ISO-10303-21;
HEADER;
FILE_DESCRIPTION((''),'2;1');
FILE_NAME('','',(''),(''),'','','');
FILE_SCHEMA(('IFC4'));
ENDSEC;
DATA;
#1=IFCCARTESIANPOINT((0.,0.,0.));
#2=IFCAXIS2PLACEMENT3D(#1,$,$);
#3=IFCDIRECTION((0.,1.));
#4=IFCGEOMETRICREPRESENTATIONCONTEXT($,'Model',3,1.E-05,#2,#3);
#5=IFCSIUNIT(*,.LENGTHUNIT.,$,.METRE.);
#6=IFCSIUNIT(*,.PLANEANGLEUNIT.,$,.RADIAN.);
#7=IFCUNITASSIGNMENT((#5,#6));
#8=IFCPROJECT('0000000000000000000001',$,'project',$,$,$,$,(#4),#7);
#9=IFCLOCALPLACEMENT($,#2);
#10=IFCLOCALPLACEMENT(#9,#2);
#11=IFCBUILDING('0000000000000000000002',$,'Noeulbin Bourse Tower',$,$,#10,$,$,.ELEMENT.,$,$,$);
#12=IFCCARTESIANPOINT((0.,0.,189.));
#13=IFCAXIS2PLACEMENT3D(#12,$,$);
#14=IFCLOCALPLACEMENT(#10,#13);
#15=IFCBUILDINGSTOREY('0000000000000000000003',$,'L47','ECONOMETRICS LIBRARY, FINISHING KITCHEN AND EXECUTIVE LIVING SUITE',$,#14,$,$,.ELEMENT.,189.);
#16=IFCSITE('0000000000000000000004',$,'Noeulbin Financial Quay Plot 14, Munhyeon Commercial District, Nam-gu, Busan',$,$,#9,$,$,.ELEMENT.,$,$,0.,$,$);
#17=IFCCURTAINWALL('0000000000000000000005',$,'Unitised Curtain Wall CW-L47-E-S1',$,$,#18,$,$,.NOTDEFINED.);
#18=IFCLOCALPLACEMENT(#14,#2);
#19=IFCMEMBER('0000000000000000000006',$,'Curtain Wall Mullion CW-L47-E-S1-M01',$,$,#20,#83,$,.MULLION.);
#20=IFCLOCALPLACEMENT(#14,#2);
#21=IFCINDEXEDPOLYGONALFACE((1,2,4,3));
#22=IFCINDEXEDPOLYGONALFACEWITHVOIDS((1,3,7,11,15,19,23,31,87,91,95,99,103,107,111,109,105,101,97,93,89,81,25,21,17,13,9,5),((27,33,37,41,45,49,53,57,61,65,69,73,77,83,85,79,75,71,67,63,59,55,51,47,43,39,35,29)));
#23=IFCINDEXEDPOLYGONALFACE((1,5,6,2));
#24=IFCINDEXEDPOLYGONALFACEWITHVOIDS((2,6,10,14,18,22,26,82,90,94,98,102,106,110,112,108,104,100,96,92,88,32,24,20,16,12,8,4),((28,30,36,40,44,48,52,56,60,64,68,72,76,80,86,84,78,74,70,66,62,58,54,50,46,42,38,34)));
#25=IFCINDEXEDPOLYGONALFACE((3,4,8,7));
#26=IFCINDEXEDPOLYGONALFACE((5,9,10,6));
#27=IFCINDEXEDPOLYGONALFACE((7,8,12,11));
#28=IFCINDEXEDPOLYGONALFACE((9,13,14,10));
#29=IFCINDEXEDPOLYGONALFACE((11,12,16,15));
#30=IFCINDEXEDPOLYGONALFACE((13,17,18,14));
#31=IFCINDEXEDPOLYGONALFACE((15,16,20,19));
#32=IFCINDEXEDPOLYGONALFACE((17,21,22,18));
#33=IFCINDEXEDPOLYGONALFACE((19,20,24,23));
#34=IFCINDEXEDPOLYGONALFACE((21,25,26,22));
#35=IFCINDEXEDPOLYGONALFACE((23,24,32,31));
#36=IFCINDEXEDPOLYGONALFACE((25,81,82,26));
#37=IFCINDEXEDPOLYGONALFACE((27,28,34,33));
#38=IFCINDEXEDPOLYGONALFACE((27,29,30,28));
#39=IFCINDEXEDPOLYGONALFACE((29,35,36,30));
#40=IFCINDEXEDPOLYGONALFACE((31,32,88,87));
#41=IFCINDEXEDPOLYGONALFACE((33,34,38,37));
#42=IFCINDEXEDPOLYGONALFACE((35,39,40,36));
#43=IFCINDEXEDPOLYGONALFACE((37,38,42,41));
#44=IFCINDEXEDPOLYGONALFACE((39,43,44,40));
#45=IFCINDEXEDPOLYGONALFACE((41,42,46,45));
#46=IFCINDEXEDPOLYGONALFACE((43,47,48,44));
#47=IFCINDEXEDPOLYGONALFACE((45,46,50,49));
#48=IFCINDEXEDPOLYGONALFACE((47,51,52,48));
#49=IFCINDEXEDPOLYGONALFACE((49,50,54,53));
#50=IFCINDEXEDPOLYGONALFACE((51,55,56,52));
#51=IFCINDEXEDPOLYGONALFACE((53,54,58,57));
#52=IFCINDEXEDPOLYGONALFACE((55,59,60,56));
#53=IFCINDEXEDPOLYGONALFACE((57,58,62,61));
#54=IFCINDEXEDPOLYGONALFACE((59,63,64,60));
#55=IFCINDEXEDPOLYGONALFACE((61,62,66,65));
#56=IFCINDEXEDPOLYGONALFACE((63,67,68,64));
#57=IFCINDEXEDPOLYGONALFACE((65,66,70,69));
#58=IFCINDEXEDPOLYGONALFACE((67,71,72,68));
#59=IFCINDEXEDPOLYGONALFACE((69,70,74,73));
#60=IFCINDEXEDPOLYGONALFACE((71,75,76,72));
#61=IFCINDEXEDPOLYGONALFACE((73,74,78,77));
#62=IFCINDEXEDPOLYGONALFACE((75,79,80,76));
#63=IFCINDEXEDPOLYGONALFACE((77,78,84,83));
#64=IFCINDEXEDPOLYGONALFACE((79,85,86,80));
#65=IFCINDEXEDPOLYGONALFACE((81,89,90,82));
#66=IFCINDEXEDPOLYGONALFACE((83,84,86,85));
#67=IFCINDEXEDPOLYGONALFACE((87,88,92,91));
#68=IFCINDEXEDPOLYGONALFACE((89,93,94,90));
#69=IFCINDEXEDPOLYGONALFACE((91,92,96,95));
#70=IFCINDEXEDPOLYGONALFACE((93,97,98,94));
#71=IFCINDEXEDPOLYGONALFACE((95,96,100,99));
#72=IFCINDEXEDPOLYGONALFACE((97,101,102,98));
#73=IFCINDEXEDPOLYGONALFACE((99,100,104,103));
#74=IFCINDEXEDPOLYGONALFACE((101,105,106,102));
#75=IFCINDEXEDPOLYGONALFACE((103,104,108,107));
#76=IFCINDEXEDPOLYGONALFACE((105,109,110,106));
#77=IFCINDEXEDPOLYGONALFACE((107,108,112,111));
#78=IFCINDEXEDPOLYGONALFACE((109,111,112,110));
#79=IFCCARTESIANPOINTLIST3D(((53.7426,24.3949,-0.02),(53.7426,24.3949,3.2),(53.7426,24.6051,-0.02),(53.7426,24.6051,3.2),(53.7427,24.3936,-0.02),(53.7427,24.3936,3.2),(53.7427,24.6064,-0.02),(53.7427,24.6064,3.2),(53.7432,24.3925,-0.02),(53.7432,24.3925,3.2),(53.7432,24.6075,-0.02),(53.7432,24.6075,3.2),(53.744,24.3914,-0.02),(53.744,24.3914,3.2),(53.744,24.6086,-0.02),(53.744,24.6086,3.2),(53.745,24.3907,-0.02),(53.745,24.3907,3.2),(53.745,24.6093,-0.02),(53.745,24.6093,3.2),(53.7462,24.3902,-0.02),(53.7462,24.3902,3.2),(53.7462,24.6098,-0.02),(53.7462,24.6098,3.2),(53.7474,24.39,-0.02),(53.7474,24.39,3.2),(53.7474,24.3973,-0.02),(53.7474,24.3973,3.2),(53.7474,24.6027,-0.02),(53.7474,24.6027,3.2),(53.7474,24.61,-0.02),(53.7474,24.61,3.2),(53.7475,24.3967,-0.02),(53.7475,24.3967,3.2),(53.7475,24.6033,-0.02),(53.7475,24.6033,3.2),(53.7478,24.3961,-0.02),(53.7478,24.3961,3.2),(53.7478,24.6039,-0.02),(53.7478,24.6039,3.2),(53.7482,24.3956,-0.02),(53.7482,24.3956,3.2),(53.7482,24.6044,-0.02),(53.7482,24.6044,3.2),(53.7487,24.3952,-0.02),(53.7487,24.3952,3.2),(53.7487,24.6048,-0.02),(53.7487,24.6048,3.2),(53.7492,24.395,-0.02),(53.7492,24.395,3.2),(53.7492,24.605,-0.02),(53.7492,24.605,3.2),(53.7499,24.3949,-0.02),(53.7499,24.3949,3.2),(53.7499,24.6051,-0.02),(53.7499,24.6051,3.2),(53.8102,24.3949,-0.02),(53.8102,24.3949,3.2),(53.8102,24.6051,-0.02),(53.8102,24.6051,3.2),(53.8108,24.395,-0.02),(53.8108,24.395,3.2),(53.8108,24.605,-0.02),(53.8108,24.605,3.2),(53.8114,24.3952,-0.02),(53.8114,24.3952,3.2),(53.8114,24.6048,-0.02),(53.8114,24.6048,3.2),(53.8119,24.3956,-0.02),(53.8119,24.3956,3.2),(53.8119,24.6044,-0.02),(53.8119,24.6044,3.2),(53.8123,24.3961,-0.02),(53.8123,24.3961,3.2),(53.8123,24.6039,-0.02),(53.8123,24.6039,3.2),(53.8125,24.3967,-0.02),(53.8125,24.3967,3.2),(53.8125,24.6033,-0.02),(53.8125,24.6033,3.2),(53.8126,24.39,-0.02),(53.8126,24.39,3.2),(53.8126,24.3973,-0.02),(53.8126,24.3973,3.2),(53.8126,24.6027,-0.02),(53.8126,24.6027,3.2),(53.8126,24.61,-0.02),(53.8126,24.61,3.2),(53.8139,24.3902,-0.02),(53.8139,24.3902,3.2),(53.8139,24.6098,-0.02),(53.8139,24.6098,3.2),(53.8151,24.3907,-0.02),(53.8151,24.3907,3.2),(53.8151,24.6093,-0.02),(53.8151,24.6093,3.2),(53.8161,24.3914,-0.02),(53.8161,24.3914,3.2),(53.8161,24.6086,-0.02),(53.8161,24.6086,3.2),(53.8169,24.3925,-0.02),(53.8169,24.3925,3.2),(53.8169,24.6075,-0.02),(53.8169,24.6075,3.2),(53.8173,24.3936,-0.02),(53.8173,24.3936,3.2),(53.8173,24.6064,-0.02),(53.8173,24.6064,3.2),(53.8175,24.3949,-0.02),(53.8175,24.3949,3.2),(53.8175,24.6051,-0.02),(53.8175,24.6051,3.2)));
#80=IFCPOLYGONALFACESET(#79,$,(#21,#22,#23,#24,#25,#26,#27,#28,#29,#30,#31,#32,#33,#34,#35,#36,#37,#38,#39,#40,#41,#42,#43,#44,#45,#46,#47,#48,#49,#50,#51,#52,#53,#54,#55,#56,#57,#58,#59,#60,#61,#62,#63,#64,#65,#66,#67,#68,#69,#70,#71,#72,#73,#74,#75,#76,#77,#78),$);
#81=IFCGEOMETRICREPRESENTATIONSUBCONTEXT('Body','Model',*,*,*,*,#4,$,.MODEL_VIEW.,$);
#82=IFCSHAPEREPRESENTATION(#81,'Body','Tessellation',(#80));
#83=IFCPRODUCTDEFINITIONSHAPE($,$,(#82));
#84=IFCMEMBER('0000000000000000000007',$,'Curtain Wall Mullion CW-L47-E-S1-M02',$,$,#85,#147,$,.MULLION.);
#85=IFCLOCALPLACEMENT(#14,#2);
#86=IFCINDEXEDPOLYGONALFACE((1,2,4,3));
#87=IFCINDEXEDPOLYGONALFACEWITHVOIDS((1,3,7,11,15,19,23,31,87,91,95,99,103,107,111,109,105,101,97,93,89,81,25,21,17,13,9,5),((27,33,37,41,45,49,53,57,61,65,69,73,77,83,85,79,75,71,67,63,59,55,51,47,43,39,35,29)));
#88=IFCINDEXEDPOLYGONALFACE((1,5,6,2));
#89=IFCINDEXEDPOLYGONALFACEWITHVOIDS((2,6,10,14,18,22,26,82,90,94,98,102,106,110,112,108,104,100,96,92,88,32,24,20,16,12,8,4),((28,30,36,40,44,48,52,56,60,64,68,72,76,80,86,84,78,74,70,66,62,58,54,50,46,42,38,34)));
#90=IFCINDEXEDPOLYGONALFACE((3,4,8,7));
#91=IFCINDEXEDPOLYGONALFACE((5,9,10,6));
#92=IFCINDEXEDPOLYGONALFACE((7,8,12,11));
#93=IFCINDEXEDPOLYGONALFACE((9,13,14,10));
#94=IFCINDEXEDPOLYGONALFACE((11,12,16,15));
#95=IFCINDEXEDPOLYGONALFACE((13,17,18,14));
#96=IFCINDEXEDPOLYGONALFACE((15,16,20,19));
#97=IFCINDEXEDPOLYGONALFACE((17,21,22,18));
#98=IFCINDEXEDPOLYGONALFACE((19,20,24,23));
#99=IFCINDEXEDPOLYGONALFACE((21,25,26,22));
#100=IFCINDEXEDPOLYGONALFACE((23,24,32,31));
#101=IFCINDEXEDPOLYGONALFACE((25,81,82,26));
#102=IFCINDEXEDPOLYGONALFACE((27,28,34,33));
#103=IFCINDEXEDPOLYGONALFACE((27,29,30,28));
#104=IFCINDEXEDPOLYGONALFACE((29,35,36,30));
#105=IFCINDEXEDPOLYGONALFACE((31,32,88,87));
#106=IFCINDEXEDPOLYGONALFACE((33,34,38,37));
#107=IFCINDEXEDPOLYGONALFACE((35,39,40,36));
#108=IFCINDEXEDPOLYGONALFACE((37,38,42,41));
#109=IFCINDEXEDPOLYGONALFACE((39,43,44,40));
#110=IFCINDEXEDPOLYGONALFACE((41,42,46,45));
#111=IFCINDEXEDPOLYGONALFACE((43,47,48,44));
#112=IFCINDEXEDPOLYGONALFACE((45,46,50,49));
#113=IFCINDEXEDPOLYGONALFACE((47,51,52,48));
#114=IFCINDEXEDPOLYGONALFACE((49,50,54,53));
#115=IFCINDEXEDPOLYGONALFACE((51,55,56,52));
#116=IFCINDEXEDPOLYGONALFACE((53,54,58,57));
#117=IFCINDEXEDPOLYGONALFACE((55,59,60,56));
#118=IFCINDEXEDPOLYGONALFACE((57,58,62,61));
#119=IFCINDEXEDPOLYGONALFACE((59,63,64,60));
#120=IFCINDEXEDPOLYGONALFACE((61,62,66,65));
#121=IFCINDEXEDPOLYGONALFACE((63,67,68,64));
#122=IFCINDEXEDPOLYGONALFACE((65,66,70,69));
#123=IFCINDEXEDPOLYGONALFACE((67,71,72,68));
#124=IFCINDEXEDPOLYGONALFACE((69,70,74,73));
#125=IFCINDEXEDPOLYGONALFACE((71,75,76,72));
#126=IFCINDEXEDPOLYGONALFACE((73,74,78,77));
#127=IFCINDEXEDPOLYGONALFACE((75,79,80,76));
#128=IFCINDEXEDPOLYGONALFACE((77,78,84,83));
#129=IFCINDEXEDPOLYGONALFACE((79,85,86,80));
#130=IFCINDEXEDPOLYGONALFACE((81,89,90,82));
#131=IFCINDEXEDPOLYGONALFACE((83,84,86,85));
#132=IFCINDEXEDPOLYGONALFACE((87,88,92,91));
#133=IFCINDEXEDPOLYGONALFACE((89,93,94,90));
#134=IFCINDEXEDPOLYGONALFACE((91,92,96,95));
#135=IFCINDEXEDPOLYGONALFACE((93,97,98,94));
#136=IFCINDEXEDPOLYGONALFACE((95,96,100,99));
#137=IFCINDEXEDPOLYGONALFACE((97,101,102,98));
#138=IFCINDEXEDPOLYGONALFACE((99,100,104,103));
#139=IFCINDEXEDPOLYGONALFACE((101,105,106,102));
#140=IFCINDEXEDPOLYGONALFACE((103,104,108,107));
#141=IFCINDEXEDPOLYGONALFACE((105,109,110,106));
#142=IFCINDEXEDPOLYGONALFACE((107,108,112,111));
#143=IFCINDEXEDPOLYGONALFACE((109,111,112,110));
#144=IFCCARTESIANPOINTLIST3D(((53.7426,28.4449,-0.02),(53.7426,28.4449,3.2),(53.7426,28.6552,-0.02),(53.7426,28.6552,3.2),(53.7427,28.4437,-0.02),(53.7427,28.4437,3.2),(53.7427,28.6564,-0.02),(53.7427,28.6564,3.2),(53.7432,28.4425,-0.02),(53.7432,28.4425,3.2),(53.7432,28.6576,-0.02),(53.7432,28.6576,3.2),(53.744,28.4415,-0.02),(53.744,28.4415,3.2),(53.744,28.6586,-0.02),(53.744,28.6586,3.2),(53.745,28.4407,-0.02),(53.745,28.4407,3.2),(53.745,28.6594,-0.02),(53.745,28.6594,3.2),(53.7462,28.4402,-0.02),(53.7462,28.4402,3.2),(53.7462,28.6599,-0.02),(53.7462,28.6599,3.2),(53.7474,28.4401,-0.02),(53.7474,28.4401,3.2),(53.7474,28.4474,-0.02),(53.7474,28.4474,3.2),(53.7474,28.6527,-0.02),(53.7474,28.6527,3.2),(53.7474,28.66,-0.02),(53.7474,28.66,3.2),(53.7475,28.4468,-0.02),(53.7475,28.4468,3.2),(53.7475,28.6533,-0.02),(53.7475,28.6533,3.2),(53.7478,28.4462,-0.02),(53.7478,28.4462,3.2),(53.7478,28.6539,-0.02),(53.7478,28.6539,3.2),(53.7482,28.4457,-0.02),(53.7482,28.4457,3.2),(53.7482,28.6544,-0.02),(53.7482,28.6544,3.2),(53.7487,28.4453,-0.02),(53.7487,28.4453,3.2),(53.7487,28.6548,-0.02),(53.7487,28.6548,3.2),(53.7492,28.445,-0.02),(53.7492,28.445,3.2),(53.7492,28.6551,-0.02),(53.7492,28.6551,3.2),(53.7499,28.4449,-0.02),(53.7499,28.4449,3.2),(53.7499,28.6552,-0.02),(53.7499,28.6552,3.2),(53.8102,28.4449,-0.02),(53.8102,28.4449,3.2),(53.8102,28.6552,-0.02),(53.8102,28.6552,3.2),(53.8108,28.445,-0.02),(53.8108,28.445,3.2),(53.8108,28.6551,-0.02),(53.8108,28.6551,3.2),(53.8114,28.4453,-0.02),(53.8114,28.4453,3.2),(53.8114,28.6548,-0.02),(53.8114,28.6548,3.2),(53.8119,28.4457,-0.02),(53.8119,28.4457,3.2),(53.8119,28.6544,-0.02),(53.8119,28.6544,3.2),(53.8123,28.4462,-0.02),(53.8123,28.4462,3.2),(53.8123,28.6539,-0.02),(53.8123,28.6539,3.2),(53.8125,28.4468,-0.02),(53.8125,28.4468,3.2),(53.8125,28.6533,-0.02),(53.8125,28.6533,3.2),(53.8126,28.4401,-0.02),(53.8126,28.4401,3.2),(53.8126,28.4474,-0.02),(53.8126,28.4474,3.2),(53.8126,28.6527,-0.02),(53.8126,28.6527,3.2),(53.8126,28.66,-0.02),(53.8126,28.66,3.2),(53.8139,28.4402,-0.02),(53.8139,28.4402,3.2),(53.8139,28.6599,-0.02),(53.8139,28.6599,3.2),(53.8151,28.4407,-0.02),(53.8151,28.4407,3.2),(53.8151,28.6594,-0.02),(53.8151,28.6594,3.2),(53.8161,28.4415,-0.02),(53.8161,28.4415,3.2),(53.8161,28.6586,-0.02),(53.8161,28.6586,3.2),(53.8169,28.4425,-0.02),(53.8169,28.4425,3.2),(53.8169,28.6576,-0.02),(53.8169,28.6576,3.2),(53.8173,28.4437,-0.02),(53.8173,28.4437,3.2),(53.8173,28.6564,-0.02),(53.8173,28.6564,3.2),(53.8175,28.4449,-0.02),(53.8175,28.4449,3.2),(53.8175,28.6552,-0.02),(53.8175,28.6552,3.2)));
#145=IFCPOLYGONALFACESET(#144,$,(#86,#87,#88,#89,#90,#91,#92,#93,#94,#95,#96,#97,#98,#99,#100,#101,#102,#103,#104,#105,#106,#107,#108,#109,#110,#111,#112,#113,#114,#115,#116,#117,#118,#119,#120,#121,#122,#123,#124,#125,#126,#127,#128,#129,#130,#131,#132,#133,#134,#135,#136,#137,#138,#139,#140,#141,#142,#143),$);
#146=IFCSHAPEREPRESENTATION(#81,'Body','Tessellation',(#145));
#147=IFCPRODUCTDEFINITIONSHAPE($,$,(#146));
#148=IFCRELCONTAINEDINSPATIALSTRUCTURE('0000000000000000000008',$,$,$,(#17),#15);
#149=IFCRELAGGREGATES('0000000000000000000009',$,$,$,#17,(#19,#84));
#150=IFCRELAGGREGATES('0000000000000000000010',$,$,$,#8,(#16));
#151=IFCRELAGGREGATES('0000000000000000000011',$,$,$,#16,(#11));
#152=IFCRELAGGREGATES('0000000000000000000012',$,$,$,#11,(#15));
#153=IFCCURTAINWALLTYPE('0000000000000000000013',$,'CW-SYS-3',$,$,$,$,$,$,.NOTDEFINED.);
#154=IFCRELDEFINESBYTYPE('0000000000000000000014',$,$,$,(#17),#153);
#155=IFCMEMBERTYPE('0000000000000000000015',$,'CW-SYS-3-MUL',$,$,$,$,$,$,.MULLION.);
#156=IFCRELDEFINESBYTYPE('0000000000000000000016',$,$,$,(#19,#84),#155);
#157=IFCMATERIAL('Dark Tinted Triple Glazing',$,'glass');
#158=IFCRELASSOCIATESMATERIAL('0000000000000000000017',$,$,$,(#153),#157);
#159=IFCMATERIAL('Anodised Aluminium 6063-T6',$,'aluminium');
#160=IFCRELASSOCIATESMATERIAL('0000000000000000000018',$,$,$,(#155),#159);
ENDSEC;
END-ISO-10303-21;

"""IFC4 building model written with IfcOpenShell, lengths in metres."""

from ifc_helpers import new_model, si_unit, direction, frame, origin, origin_2d, place, context, subcontext, project, spatial, hollow_rectangle, extrude, material, material_profile, profile_set, type_object, element, aggregate, save


model = new_model("IFC4")

# Units and contexts
model_context = context("Model", 3, precision=1e-05, world=origin(), true_north=direction((0.0, 1.0)))
body_context = subcontext(model_context, "Body", "Model", "MODEL_VIEW")
ifc_project = project(units=[si_unit("LENGTHUNIT", "METRE"), si_unit("PLANEANGLEUNIT", "RADIAN")], contexts=[model_context])

# Site, building, storey
site_placement = place(None, origin())
site = spatial("IfcSite", under=ifc_project, at=site_placement, Name="Noeulbin Financial Quay Plot 14, Munhyeon Commercial District, Nam-gu, Busan", CompositionType="ELEMENT", RefElevation=0.0)
building_placement = place(site_placement, origin())
building = spatial("IfcBuilding", under=site, at=building_placement, Name="Noeulbin Bourse Tower", CompositionType="ELEMENT")
storey_placement = place(building_placement, frame((0.0, 0.0, 189.0)))
storey = spatial("IfcBuildingStorey", under=building, at=storey_placement, Name="L47", Description="ECONOMETRICS LIBRARY, FINISHING KITCHEN AND EXECUTIVE LIVING SUITE", CompositionType="ELEMENT", Elevation=189.0)

# Curtain wall, members
ifc_material_1 = material(Name="Dark Tinted Triple Glazing", Category="glass")
curtain_wall_type = type_object("IfcCurtainWallType", Name="CW-SYS-3", PredefinedType="NOTDEFINED", material=ifc_material_1)
ifc_material_2 = material(Name="Anodised Aluminium 6063-T6", Category="aluminium")
ifc_material_profile_1 = material_profile(ifc_material_2, hollow_rectangle(XDim=0.075, YDim=0.22, WallThickness=0.0049, InnerFilletRadius=0.0024, OuterFilletRadius=0.0049, at=origin_2d()), Name="ALU-MULL-75x220x5", Category="LoadBearing")
ifc_profile_set_1 = profile_set([ifc_material_profile_1], Name="Anodised Aluminium 6063-T6")
member_type_1 = type_object("IfcMemberType", Name="CW-SYS-3-MUL", PredefinedType="MULLION", material=ifc_profile_set_1)
curtain_wall_1_placement = place(storey_placement, origin())
curtain_wall_1 = element("IfcCurtainWall", 1, at=curtain_wall_1_placement, inside=storey, type_object=curtain_wall_type, Name="Unitised Curtain Wall CW-L47-E-S1", PredefinedType="NOTDEFINED")
member_1_placement = place(storey_placement, frame((53.78, 24.5, -0.02), z_axis=(0.0, 0.0, 1.0), x_axis=(1.0, 0.0, 0.0)))
member_1 = element("IfcMember", 2, at=member_1_placement, type_object=member_type_1, Name="Curtain Wall Mullion CW-L47-E-S1-M01", PredefinedType="MULLION", context=body_context, shape_type="SweptSolid", body=[
    extrude(hollow_rectangle(XDim=0.075, YDim=0.22, WallThickness=0.0049, InnerFilletRadius=0.0024, OuterFilletRadius=0.0049, at=origin_2d()), origin(), (0.0, 0.0, 1.0), 3.22),
])
member_2_placement = place(storey_placement, frame((53.78, 28.55, -0.02), z_axis=(0.0, 0.0, 1.0), x_axis=(1.0, 0.0, 0.0)))
member_2 = element("IfcMember", 3, at=member_2_placement, type_object=member_type_1, Name="Curtain Wall Mullion CW-L47-E-S1-M02", PredefinedType="MULLION", context=body_context, shape_type="SweptSolid", body=[
    extrude(hollow_rectangle(XDim=0.075, YDim=0.22, WallThickness=0.0049, InnerFilletRadius=0.0024, OuterFilletRadius=0.0049, at=origin_2d()), origin(), (0.0, 0.0, 1.0), 3.22),
])

aggregate(curtain_wall_1, [member_1, member_2])

save(model, "model.ifc")
